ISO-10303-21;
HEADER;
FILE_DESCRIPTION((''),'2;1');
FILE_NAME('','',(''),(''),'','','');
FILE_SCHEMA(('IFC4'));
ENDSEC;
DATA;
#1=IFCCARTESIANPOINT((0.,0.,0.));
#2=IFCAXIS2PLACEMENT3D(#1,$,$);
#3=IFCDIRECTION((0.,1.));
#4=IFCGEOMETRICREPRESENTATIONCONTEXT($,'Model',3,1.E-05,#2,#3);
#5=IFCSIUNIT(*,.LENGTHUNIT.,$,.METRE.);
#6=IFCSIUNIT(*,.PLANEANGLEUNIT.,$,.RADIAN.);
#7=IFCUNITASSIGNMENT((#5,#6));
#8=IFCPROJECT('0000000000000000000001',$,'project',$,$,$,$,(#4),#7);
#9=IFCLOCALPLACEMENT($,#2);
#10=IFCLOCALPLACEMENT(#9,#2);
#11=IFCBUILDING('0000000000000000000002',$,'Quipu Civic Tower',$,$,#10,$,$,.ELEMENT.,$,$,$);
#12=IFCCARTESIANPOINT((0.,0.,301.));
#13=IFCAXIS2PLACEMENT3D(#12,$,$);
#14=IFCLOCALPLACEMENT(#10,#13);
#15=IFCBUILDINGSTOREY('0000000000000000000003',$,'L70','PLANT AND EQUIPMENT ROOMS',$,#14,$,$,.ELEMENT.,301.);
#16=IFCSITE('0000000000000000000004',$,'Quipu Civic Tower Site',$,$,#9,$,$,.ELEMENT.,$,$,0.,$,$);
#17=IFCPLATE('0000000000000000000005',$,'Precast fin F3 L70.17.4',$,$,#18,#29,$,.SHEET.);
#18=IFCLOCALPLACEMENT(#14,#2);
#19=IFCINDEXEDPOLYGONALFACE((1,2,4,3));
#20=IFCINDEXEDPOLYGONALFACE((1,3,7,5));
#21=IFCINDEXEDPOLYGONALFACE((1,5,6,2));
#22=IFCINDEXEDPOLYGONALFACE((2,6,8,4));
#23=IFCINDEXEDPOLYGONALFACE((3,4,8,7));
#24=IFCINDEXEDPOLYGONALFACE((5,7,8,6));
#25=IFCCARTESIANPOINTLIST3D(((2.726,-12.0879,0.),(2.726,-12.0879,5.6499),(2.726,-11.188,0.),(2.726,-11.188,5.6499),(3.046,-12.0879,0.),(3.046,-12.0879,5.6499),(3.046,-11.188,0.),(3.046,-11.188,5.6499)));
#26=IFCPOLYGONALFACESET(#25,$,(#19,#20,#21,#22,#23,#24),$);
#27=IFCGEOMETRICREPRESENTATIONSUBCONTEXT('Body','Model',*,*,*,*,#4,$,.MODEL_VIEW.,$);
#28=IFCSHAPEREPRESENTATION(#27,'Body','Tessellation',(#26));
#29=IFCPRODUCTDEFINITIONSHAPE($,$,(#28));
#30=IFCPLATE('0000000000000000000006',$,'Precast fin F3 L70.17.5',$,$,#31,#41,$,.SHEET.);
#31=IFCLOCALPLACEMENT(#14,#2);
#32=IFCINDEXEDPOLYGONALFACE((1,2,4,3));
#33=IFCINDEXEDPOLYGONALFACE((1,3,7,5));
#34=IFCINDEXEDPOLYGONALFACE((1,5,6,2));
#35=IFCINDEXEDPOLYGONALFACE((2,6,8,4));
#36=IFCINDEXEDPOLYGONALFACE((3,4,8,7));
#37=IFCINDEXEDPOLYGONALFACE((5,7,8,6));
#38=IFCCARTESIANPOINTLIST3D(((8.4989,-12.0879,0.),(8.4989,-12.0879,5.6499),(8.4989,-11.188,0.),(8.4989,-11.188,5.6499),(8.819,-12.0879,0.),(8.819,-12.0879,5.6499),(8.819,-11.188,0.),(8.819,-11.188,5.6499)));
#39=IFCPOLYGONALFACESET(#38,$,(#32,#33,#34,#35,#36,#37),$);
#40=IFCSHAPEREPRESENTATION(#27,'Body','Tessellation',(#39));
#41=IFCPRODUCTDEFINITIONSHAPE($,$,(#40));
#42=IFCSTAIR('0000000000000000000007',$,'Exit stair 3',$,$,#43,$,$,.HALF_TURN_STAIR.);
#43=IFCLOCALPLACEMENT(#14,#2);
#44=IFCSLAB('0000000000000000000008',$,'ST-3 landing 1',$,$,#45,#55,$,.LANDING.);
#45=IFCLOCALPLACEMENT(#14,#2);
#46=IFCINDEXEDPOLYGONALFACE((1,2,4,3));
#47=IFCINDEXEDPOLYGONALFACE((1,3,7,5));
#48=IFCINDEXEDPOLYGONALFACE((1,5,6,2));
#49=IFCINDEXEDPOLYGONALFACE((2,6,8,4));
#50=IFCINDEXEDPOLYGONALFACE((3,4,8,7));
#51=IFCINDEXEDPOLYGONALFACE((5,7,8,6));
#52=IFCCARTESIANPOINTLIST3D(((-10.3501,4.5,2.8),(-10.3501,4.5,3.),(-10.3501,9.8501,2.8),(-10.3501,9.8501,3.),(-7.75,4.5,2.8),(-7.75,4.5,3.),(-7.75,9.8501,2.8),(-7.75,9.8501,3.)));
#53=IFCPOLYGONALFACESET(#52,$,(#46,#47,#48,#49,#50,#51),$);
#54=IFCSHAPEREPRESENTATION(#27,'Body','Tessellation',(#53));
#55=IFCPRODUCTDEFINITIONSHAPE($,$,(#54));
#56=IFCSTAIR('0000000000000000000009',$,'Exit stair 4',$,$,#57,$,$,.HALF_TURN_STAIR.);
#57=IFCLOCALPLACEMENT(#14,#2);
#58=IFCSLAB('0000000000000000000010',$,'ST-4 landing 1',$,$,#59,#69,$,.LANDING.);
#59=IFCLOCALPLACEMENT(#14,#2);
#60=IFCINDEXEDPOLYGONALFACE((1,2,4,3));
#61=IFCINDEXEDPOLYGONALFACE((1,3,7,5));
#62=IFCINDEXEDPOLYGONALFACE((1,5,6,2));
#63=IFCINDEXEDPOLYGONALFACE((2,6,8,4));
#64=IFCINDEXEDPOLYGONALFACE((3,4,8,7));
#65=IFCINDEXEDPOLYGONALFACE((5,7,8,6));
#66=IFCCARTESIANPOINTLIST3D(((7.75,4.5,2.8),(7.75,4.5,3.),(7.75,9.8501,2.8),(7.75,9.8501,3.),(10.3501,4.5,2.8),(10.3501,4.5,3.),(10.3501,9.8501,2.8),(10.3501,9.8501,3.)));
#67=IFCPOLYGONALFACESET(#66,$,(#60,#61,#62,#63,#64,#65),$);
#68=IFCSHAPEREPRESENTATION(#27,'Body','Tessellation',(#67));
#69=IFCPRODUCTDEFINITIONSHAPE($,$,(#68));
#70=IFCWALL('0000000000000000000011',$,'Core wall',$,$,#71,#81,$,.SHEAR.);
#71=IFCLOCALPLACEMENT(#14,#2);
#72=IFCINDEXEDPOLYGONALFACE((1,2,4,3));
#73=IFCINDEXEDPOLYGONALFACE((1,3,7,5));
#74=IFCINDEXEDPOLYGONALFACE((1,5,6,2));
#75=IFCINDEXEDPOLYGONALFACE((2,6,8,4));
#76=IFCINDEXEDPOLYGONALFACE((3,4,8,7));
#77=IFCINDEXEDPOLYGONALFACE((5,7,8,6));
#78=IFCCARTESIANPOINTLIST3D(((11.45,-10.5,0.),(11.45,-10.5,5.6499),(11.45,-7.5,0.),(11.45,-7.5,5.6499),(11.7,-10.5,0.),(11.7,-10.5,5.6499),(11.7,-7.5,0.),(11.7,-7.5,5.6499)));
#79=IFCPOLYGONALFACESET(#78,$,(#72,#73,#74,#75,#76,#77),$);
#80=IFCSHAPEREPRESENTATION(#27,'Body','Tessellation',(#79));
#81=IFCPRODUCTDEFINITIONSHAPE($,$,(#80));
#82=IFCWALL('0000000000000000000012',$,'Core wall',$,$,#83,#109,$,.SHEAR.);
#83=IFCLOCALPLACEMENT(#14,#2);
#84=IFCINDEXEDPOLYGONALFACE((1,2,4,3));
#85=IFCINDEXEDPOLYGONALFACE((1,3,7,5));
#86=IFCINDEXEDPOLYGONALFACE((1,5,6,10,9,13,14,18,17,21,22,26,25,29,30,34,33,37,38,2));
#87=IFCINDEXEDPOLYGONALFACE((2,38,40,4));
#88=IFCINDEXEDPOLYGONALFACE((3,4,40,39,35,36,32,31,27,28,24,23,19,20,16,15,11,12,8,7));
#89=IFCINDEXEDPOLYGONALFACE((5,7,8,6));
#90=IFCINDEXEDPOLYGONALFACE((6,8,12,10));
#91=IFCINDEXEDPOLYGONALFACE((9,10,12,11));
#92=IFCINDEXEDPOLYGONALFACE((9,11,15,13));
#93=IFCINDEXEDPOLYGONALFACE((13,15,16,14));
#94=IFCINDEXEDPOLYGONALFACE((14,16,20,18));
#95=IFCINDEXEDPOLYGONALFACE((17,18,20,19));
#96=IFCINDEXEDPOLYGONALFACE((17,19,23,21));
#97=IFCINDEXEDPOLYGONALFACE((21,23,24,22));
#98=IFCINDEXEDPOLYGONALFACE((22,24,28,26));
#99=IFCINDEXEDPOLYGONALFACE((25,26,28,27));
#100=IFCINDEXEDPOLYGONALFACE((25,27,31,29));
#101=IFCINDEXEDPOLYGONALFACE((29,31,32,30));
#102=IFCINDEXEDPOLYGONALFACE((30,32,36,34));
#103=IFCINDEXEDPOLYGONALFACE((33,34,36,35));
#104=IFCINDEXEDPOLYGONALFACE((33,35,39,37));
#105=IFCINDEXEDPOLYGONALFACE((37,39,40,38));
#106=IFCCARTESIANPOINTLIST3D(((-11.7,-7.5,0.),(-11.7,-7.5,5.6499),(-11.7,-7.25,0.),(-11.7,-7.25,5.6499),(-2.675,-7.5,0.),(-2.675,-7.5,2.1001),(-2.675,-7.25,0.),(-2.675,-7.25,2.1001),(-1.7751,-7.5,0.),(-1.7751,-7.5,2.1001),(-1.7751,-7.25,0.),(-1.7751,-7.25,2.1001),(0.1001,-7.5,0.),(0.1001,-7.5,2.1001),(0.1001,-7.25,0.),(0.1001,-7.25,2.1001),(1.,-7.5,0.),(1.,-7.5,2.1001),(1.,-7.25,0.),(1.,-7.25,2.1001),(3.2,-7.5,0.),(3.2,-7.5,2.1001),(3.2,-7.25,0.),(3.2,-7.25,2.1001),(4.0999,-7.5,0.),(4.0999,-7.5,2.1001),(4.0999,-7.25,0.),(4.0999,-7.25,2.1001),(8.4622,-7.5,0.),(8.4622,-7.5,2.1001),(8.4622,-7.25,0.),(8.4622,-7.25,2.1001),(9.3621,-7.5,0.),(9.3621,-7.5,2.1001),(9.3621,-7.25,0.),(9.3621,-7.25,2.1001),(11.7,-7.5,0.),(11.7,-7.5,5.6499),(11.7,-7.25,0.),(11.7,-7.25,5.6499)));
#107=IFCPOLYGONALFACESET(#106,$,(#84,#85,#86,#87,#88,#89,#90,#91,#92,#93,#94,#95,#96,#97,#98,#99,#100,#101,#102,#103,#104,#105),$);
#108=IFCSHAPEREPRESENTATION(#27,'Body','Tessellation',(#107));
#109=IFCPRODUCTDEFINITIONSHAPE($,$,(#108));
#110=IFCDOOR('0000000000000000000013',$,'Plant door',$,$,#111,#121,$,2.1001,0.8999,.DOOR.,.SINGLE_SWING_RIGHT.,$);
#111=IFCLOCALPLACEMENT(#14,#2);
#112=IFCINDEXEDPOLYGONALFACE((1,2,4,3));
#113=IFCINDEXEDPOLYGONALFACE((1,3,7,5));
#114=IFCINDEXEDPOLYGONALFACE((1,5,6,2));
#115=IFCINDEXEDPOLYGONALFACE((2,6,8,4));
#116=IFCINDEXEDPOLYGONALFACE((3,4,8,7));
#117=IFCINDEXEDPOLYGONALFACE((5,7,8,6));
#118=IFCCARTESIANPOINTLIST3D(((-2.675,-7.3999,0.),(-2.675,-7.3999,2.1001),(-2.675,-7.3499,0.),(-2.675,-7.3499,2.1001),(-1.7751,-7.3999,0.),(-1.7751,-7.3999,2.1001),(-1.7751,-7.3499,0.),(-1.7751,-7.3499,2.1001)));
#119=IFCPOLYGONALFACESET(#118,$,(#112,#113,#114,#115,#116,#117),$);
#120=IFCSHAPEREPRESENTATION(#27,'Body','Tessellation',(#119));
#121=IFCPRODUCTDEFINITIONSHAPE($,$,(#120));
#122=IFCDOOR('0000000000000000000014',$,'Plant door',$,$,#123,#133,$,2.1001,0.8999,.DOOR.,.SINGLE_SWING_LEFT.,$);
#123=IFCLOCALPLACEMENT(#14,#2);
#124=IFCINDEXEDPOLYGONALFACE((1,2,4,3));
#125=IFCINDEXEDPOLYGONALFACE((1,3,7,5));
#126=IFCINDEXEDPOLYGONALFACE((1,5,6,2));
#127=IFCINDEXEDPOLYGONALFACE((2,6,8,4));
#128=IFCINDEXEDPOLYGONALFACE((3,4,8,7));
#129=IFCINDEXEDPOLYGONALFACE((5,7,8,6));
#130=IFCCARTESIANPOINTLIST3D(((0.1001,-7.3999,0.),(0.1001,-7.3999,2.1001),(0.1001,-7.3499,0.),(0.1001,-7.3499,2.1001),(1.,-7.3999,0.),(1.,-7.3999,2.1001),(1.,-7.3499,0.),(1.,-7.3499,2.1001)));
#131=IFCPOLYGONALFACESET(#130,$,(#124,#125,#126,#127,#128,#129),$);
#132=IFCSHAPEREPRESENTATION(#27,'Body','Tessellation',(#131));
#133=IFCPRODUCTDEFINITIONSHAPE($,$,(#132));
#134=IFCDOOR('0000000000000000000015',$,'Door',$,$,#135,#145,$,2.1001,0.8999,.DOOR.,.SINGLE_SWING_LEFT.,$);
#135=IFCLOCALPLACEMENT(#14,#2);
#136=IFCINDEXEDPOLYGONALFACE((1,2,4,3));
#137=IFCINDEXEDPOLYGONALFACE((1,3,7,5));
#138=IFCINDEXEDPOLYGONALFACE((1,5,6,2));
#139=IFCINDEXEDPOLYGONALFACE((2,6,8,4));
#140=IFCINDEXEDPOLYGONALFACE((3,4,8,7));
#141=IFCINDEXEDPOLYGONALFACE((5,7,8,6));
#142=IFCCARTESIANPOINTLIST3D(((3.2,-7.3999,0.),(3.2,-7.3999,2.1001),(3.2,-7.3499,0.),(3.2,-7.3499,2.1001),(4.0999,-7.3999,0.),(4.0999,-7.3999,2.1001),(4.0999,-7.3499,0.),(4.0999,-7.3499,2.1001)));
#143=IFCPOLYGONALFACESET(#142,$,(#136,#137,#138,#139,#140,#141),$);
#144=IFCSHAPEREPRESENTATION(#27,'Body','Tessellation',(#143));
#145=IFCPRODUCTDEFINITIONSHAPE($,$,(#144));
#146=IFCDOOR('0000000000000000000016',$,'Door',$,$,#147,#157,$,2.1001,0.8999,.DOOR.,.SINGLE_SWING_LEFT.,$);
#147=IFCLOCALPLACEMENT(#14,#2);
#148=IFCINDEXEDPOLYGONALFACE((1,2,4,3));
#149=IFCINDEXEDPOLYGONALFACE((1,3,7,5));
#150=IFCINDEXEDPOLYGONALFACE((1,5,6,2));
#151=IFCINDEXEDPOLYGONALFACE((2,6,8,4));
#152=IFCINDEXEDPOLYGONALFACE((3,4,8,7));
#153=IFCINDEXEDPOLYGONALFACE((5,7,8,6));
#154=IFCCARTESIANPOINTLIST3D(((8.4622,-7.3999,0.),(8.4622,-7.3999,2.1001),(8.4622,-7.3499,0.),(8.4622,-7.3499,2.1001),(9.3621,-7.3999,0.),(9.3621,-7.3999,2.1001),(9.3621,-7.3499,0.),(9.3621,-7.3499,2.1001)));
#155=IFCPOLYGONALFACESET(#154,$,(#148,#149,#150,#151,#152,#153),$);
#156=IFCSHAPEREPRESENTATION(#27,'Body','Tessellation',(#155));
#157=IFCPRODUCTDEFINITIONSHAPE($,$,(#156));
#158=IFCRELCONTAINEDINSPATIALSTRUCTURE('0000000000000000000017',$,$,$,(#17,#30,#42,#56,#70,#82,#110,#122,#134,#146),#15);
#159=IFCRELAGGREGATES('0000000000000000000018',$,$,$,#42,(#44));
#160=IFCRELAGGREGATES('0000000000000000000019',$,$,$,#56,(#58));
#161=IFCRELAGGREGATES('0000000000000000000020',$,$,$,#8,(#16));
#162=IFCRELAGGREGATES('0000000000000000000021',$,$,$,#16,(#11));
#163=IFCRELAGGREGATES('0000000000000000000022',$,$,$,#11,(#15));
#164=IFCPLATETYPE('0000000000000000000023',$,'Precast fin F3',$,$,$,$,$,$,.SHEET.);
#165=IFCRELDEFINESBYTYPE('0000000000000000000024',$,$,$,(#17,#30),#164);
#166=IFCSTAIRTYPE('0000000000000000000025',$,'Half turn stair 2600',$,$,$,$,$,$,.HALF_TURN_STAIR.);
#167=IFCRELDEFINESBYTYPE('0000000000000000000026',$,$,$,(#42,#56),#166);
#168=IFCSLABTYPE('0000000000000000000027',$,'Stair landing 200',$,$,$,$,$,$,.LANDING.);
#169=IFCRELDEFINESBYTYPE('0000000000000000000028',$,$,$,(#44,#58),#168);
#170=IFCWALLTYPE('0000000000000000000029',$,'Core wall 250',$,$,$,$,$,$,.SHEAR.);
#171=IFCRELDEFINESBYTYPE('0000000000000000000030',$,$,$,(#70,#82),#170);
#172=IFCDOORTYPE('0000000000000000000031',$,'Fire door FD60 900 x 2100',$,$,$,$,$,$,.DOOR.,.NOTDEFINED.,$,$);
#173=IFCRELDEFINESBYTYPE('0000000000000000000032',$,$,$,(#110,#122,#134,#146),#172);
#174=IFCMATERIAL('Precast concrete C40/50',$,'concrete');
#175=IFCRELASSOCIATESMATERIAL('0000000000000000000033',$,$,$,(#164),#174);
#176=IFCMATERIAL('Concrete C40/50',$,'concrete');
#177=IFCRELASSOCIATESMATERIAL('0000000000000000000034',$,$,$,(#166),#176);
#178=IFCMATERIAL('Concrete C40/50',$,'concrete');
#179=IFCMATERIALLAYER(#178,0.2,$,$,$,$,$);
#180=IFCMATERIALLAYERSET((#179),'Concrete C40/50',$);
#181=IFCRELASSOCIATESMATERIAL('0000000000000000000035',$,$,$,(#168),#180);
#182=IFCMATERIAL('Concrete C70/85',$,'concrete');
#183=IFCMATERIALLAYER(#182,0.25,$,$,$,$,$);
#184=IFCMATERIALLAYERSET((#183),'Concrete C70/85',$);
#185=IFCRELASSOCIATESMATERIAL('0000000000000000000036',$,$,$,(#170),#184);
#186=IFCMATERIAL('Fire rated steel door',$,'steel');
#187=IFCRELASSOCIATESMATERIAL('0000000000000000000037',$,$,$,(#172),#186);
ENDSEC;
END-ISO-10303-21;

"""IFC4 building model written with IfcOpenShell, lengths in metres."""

from ifc_helpers import new_model, si_unit, direction, frame, frame_2d, origin, origin_2d, place, context, subcontext, project, spatial, polyline, rectangle, outline, extrude, material, layer, layer_set, type_object, element, fill, aggregate, save


model = new_model("IFC4")

# Units and contexts
model_context = context("Model", 3, precision=1e-05, world=origin(), true_north=direction((0.0, 1.0)))
body_context = subcontext(model_context, "Body", "Model", "MODEL_VIEW")
ifc_project = project(units=[si_unit("LENGTHUNIT", "METRE"), si_unit("PLANEANGLEUNIT", "RADIAN")], contexts=[model_context])

# Site, building, storey
site_placement = place(None, origin())
site = spatial("IfcSite", under=ifc_project, at=site_placement, Name="Quipu Civic Tower Site", CompositionType="ELEMENT", RefElevation=0.0)
building_placement = place(site_placement, origin())
building = spatial("IfcBuilding", under=site, at=building_placement, Name="Quipu Civic Tower", CompositionType="ELEMENT")
storey_placement = place(building_placement, frame((0.0, 0.0, 301.0)))
storey = spatial("IfcBuildingStorey", under=building, at=storey_placement, Name="L70", Description="PLANT AND EQUIPMENT ROOMS", CompositionType="ELEMENT", Elevation=301.0)

# Plates
ifc_material_1 = material(Name="Precast concrete C40/50", Category="concrete")
plate_type = type_object("IfcPlateType", Name="Precast fin F3", PredefinedType="SHEET", material=ifc_material_1)
for number, where, z_axis, x_axis, name in (
    (1, (2.886, -11.6379, 0.0), (0.0, 0.0, 1.0), (1.0, 0.0, 0.0), "Precast fin F3 L70.17.4"),
    (2, (8.6589, -11.6379, 0.0), (0.0, 0.0, 1.0), (1.0, 0.0, 0.0), "Precast fin F3 L70.17.5"),
):
    element("IfcPlate", number, at=place(storey_placement, frame(where, z_axis=z_axis, x_axis=x_axis)), inside=storey, type_object=plate_type, Name=name, PredefinedType="SHEET", context=body_context, shape_type="SweptSolid", body=[
        extrude(rectangle(XDim=0.3201, YDim=0.8999, at=origin_2d()), origin(), (0.0, 0.0, 1.0), 5.6499),
    ])

# Stairs, slabs
ifc_material_2 = material(Name="Concrete C40/50", Category="concrete")
stair_type_1 = type_object("IfcStairType", Name="Half turn stair 2600", PredefinedType="HALF_TURN_STAIR", material=ifc_material_2)
stair_1_placement = place(storey_placement, origin())
stair_1 = element("IfcStair", 3, at=stair_1_placement, inside=storey, type_object=stair_type_1, Name="Exit stair 3", PredefinedType="HALF_TURN_STAIR")
ifc_material_3 = material(Name="Concrete C40/50", Category="concrete")
ifc_layer_1 = layer(ifc_material_3, 0.2)
ifc_layer_set_1 = layer_set([ifc_layer_1], Name="Concrete C40/50")
slab_type = type_object("IfcSlabType", Name="Stair landing 200", PredefinedType="LANDING", material=ifc_layer_set_1)
slab_1_placement = place(storey_placement, frame((0.0, 0.0, 2.8)))
slab_1 = element("IfcSlab", 4, at=slab_1_placement, type_object=slab_type, Name="ST-3 landing 1", PredefinedType="LANDING", context=body_context, shape_type="SweptSolid", body=[
    extrude(outline(polyline([(-10.3501, 4.5), (-7.75, 4.5), (-7.75, 9.8501), (-10.3501, 9.8501), (-10.3501, 4.5)])), origin(), (0.0, 0.0, 1.0), 0.2),
])
aggregate(stair_1, [slab_1])
stair_2_placement = place(storey_placement, origin())
stair_2 = element("IfcStair", 5, at=stair_2_placement, inside=storey, type_object=stair_type_1, Name="Exit stair 4", PredefinedType="HALF_TURN_STAIR")
slab_2_placement = place(storey_placement, frame((0.0, 0.0, 2.8)))
slab_2 = element("IfcSlab", 6, at=slab_2_placement, type_object=slab_type, Name="ST-4 landing 1", PredefinedType="LANDING", context=body_context, shape_type="SweptSolid", body=[
    extrude(outline(polyline([(10.3501, 9.8501), (7.75, 9.8501), (7.75, 4.5), (10.3501, 4.5), (10.3501, 9.8501)])), origin(), (0.0, 0.0, 1.0), 0.2),
])
aggregate(stair_2, [slab_2])

# Wall
ifc_material_4 = material(Name="Concrete C70/85", Category="concrete")
ifc_layer_2 = layer(ifc_material_4, 0.25)
ifc_layer_set_2 = layer_set([ifc_layer_2], Name="Concrete C70/85")
wall_type_1 = type_object("IfcWallType", Name="Core wall 250", PredefinedType="SHEAR", material=ifc_layer_set_2)
wall_1_placement = place(storey_placement, frame((11.575, -10.5, 0.0), z_axis=(0.0, 0.0, 1.0), x_axis=(0.0, 1.0, 0.0)))
element("IfcWall", 7, at=wall_1_placement, inside=storey, type_object=wall_type_1, Name="Core wall", PredefinedType="SHEAR", context=body_context, shape_type="SweptSolid", body=[
    extrude(rectangle(XDim=3.0, YDim=0.25, at=frame_2d((1.5, 0.0))), origin(), (0.0, 0.0, 1.0), 5.6499),
])

# Wall, openings, doors
wall_2_placement = place(storey_placement, frame((11.7, -7.375, 0.0), z_axis=(0.0, 0.0, 1.0), x_axis=(-1.0, 0.0, 0.0)))
wall_2 = element("IfcWall", 8, at=wall_2_placement, inside=storey, type_object=wall_type_1, Name="Core wall", PredefinedType="SHEAR", context=body_context, shape_type="SweptSolid", body=[
    extrude(rectangle(XDim=23.3999, YDim=0.25, at=frame_2d((11.7, 0.0))), origin(), (0.0, 0.0, 1.0), 5.6499),
])
opening_1_placement = place(wall_2_placement, frame((13.4751, 0.0, 0.0)))
opening_1 = element("IfcOpeningElement", 9, at=opening_1_placement, cuts=wall_2, PredefinedType="OPENING", context=body_context, shape_type="SweptSolid", body=[
    extrude(rectangle(XDim=0.8999, YDim=2.1001, at=frame_2d((0.45, 1.05))), frame((0.0, 0.135, 0.0), z_axis=(0.0, -1.0, 0.0), x_axis=(1.0, 0.0, 0.0)), (0.0, 0.0, 1.0), 0.27),
])
opening_2_placement = place(wall_2_placement, frame((10.7, 0.0, 0.0)))
opening_2 = element("IfcOpeningElement", 10, at=opening_2_placement, cuts=wall_2, PredefinedType="OPENING", context=body_context, shape_type="SweptSolid", body=[
    extrude(rectangle(XDim=0.8999, YDim=2.1001, at=frame_2d((0.45, 1.05))), frame((0.0, 0.135, 0.0), z_axis=(0.0, -1.0, 0.0), x_axis=(1.0, 0.0, 0.0)), (0.0, 0.0, 1.0), 0.27),
])
opening_3_placement = place(wall_2_placement, frame((7.6001, 0.0, 0.0)))
opening_3 = element("IfcOpeningElement", 11, at=opening_3_placement, cuts=wall_2, PredefinedType="OPENING", context=body_context, shape_type="SweptSolid", body=[
    extrude(rectangle(XDim=0.8999, YDim=2.1001, at=frame_2d((0.45, 1.05))), frame((0.0, 0.135, 0.0), z_axis=(0.0, -1.0, 0.0), x_axis=(1.0, 0.0, 0.0)), (0.0, 0.0, 1.0), 0.27),
])
opening_4_placement = place(wall_2_placement, frame((2.3379, 0.0, 0.0)))
opening_4 = element("IfcOpeningElement", 12, at=opening_4_placement, cuts=wall_2, PredefinedType="OPENING", context=body_context, shape_type="SweptSolid", body=[
    extrude(rectangle(XDim=0.8999, YDim=2.1001, at=frame_2d((0.45, 1.05))), frame((0.0, 0.135, 0.0), z_axis=(0.0, -1.0, 0.0), x_axis=(1.0, 0.0, 0.0)), (0.0, 0.0, 1.0), 0.27),
])
ifc_material_5 = material(Name="Fire rated steel door", Category="steel")
door_type_1 = type_object("IfcDoorType", Name="Fire door FD60 900 x 2100", OperationType="NOTDEFINED", PredefinedType="DOOR", material=ifc_material_5)
door_1_placement = place(opening_1_placement, origin())
door_1 = element("IfcDoor", 13, at=door_1_placement, inside=storey, type_object=door_type_1, Name="Plant door", OperationType="SINGLE_SWING_RIGHT", OverallHeight=2.1001, OverallWidth=0.8999, PredefinedType="DOOR", context=body_context, shape_type="SweptSolid", body=[
    extrude(rectangle(XDim=0.8999, YDim=2.1001, at=frame_2d((0.45, 1.05))), frame((0.0, 0.0249, 0.0), z_axis=(0.0, -1.0, 0.0), x_axis=(1.0, 0.0, 0.0)), (0.0, 0.0, 1.0), 0.05),
])
fill(opening_1, door_1)
door_2_placement = place(opening_2_placement, origin())
door_2 = element("IfcDoor", 14, at=door_2_placement, inside=storey, type_object=door_type_1, Name="Plant door", OperationType="SINGLE_SWING_LEFT", OverallHeight=2.1001, OverallWidth=0.8999, PredefinedType="DOOR", context=body_context, shape_type="SweptSolid", body=[
    extrude(rectangle(XDim=0.8999, YDim=2.1001, at=frame_2d((0.45, 1.05))), frame((0.0, 0.0249, 0.0), z_axis=(0.0, -1.0, 0.0), x_axis=(1.0, 0.0, 0.0)), (0.0, 0.0, 1.0), 0.05),
])
fill(opening_2, door_2)
door_3_placement = place(opening_3_placement, origin())
door_3 = element("IfcDoor", 15, at=door_3_placement, inside=storey, type_object=door_type_1, Name="Door", OperationType="SINGLE_SWING_LEFT", OverallHeight=2.1001, OverallWidth=0.8999, PredefinedType="DOOR", context=body_context, shape_type="SweptSolid", body=[
    extrude(rectangle(XDim=0.8999, YDim=2.1001, at=frame_2d((0.45, 1.05))), frame((0.0, 0.0249, 0.0), z_axis=(0.0, -1.0, 0.0), x_axis=(1.0, 0.0, 0.0)), (0.0, 0.0, 1.0), 0.05),
])
fill(opening_3, door_3)
door_4_placement = place(opening_4_placement, origin())
door_4 = element("IfcDoor", 16, at=door_4_placement, inside=storey, type_object=door_type_1, Name="Door", OperationType="SINGLE_SWING_LEFT", OverallHeight=2.1001, OverallWidth=0.8999, PredefinedType="DOOR", context=body_context, shape_type="SweptSolid", body=[
    extrude(rectangle(XDim=0.8999, YDim=2.1001, at=frame_2d((0.45, 1.05))), frame((0.0, 0.0249, 0.0), z_axis=(0.0, -1.0, 0.0), x_axis=(1.0, 0.0, 0.0)), (0.0, 0.0, 1.0), 0.05),
])
fill(opening_4, door_4)

save(model, "model.ifc")
